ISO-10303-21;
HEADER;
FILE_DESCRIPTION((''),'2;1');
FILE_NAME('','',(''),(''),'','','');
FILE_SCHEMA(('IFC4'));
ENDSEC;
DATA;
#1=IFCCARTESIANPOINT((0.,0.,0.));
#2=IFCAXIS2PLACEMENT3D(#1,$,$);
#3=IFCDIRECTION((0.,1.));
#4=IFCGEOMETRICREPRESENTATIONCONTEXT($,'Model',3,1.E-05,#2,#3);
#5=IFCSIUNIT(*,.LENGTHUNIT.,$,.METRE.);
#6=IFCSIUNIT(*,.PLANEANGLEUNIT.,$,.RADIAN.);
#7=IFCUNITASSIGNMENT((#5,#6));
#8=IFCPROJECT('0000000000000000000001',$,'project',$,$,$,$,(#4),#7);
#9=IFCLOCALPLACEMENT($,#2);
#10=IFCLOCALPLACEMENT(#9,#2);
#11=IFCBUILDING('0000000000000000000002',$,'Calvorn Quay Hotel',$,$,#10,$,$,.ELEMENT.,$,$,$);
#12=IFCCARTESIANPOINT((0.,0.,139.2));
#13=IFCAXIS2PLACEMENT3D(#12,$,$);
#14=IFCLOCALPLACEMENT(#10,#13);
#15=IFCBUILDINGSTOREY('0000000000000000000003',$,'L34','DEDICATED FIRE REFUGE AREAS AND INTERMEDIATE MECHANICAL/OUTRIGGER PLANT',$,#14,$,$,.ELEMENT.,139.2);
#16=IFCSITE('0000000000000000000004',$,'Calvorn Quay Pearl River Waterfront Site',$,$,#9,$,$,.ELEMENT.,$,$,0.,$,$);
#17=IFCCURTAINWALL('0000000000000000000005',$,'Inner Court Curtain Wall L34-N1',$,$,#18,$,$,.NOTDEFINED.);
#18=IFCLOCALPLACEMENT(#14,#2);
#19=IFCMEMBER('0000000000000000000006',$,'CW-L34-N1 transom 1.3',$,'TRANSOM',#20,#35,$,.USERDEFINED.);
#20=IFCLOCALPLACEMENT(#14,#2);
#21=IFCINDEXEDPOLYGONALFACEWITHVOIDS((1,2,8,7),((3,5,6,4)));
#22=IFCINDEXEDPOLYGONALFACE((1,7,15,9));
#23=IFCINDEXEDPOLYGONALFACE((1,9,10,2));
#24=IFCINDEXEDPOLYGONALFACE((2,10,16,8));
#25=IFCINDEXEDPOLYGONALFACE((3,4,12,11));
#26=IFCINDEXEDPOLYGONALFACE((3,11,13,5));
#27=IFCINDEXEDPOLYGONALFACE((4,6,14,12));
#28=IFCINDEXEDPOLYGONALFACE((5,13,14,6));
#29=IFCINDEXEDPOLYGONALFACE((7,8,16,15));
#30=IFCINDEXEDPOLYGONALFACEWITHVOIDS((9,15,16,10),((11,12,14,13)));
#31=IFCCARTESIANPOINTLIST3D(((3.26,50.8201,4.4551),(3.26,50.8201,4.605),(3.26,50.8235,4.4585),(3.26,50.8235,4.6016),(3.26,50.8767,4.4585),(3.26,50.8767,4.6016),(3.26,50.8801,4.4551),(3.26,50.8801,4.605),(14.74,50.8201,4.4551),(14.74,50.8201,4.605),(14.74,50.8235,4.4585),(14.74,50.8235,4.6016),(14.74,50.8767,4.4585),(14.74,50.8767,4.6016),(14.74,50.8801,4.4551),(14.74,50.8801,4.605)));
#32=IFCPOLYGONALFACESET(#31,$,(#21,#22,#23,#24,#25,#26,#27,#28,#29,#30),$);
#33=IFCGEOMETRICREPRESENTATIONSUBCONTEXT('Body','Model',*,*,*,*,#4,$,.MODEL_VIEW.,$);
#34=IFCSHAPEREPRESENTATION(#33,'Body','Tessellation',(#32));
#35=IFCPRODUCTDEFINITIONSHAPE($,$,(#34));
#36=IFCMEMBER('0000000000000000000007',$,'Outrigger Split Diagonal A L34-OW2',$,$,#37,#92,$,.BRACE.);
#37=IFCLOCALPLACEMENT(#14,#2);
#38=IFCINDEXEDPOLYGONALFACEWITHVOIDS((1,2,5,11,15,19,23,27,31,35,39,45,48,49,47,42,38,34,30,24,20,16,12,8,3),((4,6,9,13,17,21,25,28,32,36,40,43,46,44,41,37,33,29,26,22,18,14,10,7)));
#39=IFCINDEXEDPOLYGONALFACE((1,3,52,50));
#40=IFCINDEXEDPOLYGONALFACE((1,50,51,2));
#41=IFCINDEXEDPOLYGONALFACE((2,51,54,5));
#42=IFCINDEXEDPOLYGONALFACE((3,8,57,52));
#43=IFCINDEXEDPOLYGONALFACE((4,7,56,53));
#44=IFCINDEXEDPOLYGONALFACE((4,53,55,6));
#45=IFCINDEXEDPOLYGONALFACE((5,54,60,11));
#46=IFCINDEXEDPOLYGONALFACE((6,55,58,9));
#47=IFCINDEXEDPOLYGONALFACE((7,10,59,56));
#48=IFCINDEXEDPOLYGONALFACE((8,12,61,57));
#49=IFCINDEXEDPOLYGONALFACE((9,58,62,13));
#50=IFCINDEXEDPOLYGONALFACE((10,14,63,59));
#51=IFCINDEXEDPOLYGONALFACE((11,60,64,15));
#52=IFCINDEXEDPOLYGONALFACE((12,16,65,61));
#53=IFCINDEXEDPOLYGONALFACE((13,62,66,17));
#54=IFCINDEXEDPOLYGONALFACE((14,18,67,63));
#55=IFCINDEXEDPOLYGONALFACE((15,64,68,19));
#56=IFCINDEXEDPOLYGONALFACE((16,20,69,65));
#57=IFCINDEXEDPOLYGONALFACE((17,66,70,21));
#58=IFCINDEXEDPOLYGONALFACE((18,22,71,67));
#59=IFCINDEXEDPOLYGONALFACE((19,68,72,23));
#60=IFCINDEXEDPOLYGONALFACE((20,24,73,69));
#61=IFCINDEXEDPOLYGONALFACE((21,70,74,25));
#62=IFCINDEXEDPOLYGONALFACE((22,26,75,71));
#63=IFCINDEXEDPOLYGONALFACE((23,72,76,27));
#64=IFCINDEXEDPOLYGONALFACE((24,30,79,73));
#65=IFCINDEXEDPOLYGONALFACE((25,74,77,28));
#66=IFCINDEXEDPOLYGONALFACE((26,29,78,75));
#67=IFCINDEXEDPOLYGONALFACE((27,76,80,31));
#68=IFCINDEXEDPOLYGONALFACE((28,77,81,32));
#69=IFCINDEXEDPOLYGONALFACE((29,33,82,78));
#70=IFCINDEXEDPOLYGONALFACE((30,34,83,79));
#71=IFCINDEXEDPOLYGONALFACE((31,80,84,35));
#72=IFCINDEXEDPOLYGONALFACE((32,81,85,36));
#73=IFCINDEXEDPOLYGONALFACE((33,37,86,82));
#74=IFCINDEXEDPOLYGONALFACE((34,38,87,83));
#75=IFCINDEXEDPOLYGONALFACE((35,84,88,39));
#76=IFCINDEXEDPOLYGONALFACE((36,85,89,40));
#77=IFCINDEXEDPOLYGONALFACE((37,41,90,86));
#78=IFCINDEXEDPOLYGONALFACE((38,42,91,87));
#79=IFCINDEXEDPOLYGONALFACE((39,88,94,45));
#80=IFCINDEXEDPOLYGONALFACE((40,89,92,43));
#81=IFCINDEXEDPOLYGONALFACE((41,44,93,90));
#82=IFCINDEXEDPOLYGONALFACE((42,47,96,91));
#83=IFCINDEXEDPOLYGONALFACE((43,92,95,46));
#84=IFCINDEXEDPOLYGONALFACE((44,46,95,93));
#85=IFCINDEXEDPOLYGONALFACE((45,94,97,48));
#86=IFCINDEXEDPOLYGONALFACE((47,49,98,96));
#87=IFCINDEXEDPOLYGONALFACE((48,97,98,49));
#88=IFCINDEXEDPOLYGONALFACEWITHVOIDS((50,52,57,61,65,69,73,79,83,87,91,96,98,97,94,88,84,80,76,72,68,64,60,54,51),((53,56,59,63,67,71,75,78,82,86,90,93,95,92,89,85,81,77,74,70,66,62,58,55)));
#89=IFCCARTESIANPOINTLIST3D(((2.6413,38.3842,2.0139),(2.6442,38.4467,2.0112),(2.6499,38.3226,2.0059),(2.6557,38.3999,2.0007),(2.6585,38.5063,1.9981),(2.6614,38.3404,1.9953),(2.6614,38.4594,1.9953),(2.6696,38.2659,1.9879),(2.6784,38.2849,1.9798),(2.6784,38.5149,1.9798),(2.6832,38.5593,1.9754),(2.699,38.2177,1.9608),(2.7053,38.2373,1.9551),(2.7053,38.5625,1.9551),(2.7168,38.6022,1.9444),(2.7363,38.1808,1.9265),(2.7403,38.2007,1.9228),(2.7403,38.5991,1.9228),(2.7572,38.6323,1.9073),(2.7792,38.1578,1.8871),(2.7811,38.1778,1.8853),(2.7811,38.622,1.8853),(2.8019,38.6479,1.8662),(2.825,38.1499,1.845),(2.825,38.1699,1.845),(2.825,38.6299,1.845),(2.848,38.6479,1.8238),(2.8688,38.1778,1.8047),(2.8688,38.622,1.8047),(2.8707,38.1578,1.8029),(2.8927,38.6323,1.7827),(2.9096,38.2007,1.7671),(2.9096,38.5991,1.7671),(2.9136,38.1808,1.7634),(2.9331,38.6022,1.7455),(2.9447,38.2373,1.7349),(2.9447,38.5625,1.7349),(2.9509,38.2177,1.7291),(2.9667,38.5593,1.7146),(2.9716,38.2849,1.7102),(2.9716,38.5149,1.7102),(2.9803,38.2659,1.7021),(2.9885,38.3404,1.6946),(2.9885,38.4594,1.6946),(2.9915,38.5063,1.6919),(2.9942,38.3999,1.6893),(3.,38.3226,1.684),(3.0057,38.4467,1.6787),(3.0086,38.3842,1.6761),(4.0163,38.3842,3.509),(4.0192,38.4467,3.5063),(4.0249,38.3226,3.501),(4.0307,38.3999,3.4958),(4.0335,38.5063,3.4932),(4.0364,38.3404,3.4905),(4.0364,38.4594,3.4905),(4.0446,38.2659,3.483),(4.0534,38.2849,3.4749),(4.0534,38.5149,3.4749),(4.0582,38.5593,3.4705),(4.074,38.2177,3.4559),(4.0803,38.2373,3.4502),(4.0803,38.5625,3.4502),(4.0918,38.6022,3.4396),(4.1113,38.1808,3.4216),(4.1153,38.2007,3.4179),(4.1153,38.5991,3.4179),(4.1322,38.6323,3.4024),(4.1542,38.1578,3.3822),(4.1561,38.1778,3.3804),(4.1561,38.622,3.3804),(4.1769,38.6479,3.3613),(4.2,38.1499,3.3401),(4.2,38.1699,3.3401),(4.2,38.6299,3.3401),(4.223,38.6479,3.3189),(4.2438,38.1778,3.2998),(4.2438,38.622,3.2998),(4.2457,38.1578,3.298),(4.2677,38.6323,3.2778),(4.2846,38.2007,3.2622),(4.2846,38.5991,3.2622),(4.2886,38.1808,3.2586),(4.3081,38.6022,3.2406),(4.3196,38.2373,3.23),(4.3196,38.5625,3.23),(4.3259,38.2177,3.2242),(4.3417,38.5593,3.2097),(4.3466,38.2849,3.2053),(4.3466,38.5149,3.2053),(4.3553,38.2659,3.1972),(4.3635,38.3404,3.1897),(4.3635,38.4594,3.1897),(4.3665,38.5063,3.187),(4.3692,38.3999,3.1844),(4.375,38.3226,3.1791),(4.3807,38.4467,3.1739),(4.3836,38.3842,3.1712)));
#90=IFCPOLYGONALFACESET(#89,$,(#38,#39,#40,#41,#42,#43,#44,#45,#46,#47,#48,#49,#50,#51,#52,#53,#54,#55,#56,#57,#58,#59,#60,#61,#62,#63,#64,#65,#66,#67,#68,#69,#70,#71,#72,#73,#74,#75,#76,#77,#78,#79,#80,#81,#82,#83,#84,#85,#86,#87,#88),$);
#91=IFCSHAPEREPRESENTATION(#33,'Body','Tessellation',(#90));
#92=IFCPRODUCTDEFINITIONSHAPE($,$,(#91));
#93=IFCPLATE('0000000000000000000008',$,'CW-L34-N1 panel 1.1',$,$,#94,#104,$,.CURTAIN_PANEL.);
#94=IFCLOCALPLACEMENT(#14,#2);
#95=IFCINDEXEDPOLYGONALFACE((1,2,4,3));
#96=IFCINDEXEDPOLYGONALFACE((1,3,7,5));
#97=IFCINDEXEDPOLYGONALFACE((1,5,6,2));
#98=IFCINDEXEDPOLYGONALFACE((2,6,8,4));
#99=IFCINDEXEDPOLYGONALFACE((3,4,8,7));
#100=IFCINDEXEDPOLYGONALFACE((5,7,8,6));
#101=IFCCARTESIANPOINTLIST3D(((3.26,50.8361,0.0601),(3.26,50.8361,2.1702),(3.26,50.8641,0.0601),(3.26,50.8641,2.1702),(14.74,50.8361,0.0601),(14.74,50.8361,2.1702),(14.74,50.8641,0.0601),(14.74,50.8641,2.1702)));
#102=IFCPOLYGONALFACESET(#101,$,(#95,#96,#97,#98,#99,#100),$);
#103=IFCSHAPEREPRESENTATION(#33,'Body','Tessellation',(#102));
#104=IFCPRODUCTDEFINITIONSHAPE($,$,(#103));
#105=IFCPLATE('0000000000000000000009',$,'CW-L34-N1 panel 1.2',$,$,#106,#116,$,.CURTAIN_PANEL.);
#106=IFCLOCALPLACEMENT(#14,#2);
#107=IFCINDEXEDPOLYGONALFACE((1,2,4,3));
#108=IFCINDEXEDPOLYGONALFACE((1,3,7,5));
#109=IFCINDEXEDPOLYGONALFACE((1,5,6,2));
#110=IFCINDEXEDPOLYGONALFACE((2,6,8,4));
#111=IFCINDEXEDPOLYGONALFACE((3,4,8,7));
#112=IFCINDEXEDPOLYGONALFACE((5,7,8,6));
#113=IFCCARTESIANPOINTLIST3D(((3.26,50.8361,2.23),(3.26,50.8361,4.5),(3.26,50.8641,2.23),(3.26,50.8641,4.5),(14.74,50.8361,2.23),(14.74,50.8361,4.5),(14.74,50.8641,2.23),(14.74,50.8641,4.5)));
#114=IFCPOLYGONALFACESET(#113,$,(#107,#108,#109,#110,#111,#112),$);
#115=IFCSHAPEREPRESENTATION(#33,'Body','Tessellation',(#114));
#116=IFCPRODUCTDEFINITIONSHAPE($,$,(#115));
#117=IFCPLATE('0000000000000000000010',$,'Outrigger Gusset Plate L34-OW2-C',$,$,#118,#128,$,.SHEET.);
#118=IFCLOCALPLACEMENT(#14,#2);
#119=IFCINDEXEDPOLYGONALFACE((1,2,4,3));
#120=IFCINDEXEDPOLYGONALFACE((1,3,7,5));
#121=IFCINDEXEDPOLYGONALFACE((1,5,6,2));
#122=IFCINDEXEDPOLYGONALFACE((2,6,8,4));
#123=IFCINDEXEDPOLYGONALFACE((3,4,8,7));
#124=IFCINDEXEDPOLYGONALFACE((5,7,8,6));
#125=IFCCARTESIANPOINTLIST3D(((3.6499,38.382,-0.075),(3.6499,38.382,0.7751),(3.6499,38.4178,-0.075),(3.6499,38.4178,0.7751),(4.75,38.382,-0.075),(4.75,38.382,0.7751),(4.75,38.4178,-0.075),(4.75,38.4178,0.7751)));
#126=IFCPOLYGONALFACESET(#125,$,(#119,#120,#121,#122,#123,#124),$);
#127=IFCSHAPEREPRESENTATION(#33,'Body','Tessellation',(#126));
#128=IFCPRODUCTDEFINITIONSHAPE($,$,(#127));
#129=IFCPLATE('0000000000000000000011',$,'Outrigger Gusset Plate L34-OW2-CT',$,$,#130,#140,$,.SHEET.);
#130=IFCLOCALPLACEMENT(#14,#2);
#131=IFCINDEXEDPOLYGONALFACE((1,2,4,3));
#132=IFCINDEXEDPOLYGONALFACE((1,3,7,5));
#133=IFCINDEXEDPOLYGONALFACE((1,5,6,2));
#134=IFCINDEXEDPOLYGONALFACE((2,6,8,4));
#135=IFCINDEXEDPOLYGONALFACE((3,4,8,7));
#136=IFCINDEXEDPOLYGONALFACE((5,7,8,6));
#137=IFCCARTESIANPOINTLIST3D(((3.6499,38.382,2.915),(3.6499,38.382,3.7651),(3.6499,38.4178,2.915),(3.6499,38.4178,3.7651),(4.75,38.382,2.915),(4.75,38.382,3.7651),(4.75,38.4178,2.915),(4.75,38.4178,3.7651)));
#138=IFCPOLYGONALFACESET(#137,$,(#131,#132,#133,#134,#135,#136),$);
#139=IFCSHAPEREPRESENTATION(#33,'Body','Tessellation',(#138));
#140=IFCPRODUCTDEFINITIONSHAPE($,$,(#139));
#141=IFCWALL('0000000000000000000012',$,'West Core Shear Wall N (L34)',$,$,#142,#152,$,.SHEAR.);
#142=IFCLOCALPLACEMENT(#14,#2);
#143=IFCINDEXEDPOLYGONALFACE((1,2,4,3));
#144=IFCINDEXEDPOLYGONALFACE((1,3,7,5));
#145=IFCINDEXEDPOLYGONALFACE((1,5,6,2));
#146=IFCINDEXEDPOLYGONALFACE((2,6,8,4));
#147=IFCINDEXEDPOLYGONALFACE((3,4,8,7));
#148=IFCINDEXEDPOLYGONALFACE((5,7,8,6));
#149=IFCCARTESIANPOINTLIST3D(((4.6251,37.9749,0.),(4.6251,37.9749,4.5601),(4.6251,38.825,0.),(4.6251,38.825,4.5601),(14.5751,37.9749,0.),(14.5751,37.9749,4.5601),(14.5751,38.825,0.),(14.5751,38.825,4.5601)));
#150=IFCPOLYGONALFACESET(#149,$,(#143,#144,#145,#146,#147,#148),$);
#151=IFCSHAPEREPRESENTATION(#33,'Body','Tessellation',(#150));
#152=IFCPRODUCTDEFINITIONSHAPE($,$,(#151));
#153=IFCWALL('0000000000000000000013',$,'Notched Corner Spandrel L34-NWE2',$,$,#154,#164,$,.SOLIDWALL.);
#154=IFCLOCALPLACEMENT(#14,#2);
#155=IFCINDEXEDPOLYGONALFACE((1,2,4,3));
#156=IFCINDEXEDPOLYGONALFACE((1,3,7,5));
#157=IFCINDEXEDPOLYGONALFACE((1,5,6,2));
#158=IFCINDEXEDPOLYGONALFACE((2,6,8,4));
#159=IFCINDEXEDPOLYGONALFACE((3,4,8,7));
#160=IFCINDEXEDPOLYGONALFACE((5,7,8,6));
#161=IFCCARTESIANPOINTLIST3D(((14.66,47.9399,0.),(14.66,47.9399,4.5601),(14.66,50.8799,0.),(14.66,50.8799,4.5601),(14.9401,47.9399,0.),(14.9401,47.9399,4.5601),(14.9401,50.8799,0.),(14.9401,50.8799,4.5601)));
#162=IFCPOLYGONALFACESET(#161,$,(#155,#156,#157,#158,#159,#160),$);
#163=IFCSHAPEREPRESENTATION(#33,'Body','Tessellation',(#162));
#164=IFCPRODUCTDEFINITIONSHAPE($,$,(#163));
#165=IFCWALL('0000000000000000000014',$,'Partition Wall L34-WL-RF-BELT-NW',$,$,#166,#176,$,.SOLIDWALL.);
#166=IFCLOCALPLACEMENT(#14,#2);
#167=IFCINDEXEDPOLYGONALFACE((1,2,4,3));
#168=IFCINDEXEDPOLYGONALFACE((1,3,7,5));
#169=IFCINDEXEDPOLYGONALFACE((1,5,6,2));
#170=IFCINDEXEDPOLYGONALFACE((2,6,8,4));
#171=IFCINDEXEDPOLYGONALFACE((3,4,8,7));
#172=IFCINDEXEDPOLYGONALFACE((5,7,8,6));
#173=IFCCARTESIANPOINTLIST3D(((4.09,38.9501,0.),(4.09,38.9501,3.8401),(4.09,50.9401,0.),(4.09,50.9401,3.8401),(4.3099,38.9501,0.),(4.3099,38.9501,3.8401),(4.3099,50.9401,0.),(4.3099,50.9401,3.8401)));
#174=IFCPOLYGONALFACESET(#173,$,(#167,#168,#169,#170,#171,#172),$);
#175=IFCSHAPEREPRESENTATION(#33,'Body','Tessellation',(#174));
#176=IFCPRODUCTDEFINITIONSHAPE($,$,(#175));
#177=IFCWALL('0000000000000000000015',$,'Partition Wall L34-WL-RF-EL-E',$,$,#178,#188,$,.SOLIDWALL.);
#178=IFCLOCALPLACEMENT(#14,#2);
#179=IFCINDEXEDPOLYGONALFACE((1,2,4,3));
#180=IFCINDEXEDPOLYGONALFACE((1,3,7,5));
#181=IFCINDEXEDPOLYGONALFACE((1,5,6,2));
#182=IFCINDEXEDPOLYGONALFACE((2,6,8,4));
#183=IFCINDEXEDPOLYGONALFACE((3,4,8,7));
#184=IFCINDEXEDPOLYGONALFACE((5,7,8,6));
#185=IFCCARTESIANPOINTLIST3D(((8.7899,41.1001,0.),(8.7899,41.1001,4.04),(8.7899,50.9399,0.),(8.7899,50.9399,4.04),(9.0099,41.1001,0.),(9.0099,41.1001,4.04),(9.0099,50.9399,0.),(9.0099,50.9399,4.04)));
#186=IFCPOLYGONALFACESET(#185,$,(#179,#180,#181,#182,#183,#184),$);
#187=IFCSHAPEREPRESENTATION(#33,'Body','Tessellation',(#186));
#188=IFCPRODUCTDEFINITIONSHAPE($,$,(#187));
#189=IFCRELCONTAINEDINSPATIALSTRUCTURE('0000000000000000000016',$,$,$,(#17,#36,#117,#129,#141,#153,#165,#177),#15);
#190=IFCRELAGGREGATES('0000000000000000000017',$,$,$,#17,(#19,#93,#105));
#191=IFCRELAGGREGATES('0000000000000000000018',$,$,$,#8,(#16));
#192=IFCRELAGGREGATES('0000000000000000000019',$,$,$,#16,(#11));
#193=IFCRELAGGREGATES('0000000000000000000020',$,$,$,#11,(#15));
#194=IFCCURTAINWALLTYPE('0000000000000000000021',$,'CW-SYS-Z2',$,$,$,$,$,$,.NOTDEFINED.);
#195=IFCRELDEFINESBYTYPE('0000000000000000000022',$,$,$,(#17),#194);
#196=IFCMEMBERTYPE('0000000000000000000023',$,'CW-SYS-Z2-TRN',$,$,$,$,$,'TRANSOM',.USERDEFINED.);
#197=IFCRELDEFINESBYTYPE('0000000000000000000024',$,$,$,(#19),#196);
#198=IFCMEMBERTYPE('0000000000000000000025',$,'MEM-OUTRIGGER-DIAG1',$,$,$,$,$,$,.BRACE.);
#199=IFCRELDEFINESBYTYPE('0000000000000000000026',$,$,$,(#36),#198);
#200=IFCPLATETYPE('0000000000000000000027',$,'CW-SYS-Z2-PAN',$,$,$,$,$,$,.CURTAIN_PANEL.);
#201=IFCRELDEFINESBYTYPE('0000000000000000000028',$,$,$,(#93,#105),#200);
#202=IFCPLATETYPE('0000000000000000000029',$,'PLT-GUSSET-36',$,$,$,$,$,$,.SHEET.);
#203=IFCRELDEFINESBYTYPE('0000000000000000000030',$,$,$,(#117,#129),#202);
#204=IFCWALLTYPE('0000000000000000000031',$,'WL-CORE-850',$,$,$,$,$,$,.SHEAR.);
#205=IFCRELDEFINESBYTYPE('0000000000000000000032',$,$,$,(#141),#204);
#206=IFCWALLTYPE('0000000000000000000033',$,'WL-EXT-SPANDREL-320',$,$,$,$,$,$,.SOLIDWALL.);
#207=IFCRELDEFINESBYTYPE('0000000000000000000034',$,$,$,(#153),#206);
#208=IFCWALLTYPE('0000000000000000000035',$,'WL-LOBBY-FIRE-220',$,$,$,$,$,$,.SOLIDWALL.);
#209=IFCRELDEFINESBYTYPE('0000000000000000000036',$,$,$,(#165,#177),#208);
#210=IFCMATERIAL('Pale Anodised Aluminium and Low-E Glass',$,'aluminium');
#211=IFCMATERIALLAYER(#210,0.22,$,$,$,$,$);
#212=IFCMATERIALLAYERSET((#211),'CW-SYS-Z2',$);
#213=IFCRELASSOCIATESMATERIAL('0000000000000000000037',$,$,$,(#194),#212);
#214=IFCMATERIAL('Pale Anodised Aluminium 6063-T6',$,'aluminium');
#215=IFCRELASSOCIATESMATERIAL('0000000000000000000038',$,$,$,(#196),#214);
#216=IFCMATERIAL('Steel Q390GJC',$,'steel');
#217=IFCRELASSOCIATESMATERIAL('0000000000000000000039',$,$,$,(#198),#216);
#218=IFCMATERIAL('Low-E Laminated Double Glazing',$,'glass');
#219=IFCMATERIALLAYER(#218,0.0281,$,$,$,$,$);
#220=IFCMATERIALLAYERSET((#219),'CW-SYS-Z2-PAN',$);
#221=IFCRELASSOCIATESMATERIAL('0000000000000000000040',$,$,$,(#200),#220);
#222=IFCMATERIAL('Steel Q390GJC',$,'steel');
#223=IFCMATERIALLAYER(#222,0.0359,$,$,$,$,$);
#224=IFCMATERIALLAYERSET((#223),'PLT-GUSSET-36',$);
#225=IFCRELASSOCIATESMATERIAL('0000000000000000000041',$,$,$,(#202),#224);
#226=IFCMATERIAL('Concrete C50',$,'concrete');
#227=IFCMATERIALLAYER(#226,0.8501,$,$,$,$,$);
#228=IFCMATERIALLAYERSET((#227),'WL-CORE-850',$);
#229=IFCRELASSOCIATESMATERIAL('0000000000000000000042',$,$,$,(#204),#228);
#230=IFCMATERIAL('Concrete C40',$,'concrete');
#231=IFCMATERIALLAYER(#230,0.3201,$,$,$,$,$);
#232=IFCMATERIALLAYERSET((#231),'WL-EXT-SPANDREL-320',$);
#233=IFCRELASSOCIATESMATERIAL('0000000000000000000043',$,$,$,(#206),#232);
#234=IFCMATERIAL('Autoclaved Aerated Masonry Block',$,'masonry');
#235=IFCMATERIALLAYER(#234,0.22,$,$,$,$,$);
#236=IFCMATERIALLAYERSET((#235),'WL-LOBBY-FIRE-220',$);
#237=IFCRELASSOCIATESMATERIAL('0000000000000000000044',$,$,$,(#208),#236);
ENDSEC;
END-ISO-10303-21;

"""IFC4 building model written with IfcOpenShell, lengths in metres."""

from ifc_helpers import new_model, si_unit, direction, frame, frame_2d, origin, origin_2d, place, context, subcontext, project, spatial, rectangle, hollow_rectangle, hollow_circle, extrude, material, layer, layer_set, material_profile, profile_set, type_object, element, aggregate, save


model = new_model("IFC4")

# Units and contexts
model_context = context("Model", 3, precision=1e-05, world=origin(), true_north=direction((0.0, 1.0)))
body_context = subcontext(model_context, "Body", "Model", "MODEL_VIEW")
ifc_project = project(units=[si_unit("LENGTHUNIT", "METRE"), si_unit("PLANEANGLEUNIT", "RADIAN")], contexts=[model_context])

# Site, building, storey
site_placement = place(None, origin())
site = spatial("IfcSite", under=ifc_project, at=site_placement, Name="Calvorn Quay Pearl River Waterfront Site", CompositionType="ELEMENT", RefElevation=0.0)
building_placement = place(site_placement, origin())
building = spatial("IfcBuilding", under=site, at=building_placement, Name="Calvorn Quay Hotel", CompositionType="ELEMENT")
storey_placement = place(building_placement, frame((0.0, 0.0, 139.2)))
storey = spatial("IfcBuildingStorey", under=building, at=storey_placement, Name="L34", Description="DEDICATED FIRE REFUGE AREAS AND INTERMEDIATE MECHANICAL/OUTRIGGER PLANT", CompositionType="ELEMENT", Elevation=139.2)

# Curtain wall, member
ifc_material_1 = material(Name="Pale Anodised Aluminium and Low-E Glass", Category="aluminium")
ifc_layer_1 = layer(ifc_material_1, 0.22)
ifc_layer_set_1 = layer_set([ifc_layer_1], Name="CW-SYS-Z2")
curtain_wall_type = type_object("IfcCurtainWallType", Name="CW-SYS-Z2", PredefinedType="NOTDEFINED", material=ifc_layer_set_1)
curtain_wall_placement = place(storey_placement, origin())
curtain_wall = element("IfcCurtainWall", 1, at=curtain_wall_placement, inside=storey, type_object=curtain_wall_type, Name="Inner Court Curtain Wall L34-N1", PredefinedType="NOTDEFINED")
ifc_material_2 = material(Name="Pale Anodised Aluminium 6063-T6", Category="aluminium")
ifc_material_profile_1 = material_profile(ifc_material_2, hollow_rectangle(XDim=0.0601, YDim=0.1499, WallThickness=0.0034, at=origin_2d()), Name="ALU-T150x60x3.5")
ifc_profile_set_1 = profile_set([ifc_material_profile_1], Name="Pale Anodised Aluminium 6063-T6")
member_type_1 = type_object("IfcMemberType", Name="CW-SYS-Z2-TRN", ElementType="TRANSOM", PredefinedType="USERDEFINED", material=ifc_profile_set_1)
member_1_placement = place(storey_placement, frame((14.74, 50.8501, 4.53), z_axis=(-1.0, 0.0, 0.0), x_axis=(0.0, -1.0, 0.0)))
member_1 = element("IfcMember", 2, at=member_1_placement, type_object=member_type_1, Name="CW-L34-N1 transom 1.3", ObjectType="TRANSOM", PredefinedType="USERDEFINED", context=body_context, shape_type="SweptSolid", body=[
    extrude(hollow_rectangle(XDim=0.0601, YDim=0.1499, WallThickness=0.0034, at=origin_2d()), origin(), (0.0, 0.0, 1.0), 11.48),
])

# Member
ifc_material_3 = material(Name="Steel Q390GJC", Category="steel")
ifc_material_profile_2 = material_profile(ifc_material_3, hollow_circle(Radius=0.25, WallThickness=0.02, at=origin_2d()), Name="CHS500x20")
ifc_profile_set_2 = profile_set([ifc_material_profile_2], Name="Steel Q390GJC")
member_type_2 = type_object("IfcMemberType", Name="MEM-OUTRIGGER-DIAG1", PredefinedType="BRACE", material=ifc_profile_set_2)
member_2_placement = place(storey_placement, frame((4.2, 38.3999, 3.3401), z_axis=(-0.676921, 0.0, -0.736056), x_axis=(0.0, -1.0, 0.0)))
element("IfcMember", 3, at=member_2_placement, inside=storey, type_object=member_type_2, Name="Outrigger Split Diagonal A L34-OW2", PredefinedType="BRACE", context=body_context, shape_type="SweptSolid", body=[
    extrude(hollow_circle(Radius=0.25, WallThickness=0.02, at=origin_2d()), origin(), (0.0, 0.0, 1.0), 2.0312),
])

# Plates
ifc_material_4 = material(Name="Low-E Laminated Double Glazing", Category="glass")
ifc_layer_2 = layer(ifc_material_4, 0.0281)
ifc_layer_set_2 = layer_set([ifc_layer_2], Name="CW-SYS-Z2-PAN")
plate_type_1 = type_object("IfcPlateType", Name="CW-SYS-Z2-PAN", PredefinedType="CURTAIN_PANEL", material=ifc_layer_set_2)
plate_1_placement = place(storey_placement, frame((9.0, 50.8501, 0.0601), z_axis=(0.0, 0.0, 1.0), x_axis=(-1.0, 0.0, 0.0)))
plate_1 = element("IfcPlate", 4, at=plate_1_placement, type_object=plate_type_1, Name="CW-L34-N1 panel 1.1", PredefinedType="CURTAIN_PANEL", context=body_context, shape_type="SweptSolid", body=[
    extrude(rectangle(XDim=11.48, YDim=0.0281, at=origin_2d()), origin(), (0.0, 0.0, 1.0), 2.1101),
])
plate_2_placement = place(storey_placement, frame((9.0, 50.8501, 2.23), z_axis=(0.0, 0.0, 1.0), x_axis=(-1.0, 0.0, 0.0)))
plate_2 = element("IfcPlate", 5, at=plate_2_placement, type_object=plate_type_1, Name="CW-L34-N1 panel 1.2", PredefinedType="CURTAIN_PANEL", context=body_context, shape_type="SweptSolid", body=[
    extrude(rectangle(XDim=11.48, YDim=0.0281, at=origin_2d()), origin(), (0.0, 0.0, 1.0), 2.27),
])
aggregate(curtain_wall, [member_1, plate_1, plate_2])

# Plates
ifc_material_5 = material(Name="Steel Q390GJC", Category="steel")
ifc_layer_3 = layer(ifc_material_5, 0.0359)
ifc_layer_set_3 = layer_set([ifc_layer_3], Name="PLT-GUSSET-36")
plate_type_2 = type_object("IfcPlateType", Name="PLT-GUSSET-36", PredefinedType="SHEET", material=ifc_layer_set_3)
for number, where, z_axis, x_axis, name in (
    (6, (4.2, 38.3999, -0.075), (0.0, 0.0, 1.0), (-1.0, 0.0, 0.0), "Outrigger Gusset Plate L34-OW2-C"),
    (7, (4.2, 38.3999, 2.915), (0.0, 0.0, 1.0), (-1.0, 0.0, 0.0), "Outrigger Gusset Plate L34-OW2-CT"),
):
    element("IfcPlate", number, at=place(storey_placement, frame(where, z_axis=z_axis, x_axis=x_axis)), inside=storey, type_object=plate_type_2, Name=name, PredefinedType="SHEET", context=body_context, shape_type="SweptSolid", body=[
        extrude(rectangle(XDim=1.1001, YDim=0.0359, at=origin_2d()), origin(), (0.0, 0.0, 1.0), 0.8501),
    ])

# Walls
ifc_material_6 = material(Name="Concrete C50", Category="concrete")
ifc_layer_4 = layer(ifc_material_6, 0.8501)
ifc_layer_set_4 = layer_set([ifc_layer_4], Name="WL-CORE-850")
wall_type_1 = type_object("IfcWallType", Name="WL-CORE-850", PredefinedType="SHEAR", material=ifc_layer_set_4)
wall_1_placement = place(storey_placement, frame((4.625, 38.3999, 0.0), z_axis=(0.0, 0.0, 1.0), x_axis=(1.0, 0.0, 0.0)))
element("IfcWall", 8, at=wall_1_placement, inside=storey, type_object=wall_type_1, Name="West Core Shear Wall N (L34)", PredefinedType="SHEAR", context=body_context, shape_type="SweptSolid", body=[
    extrude(rectangle(XDim=9.95, YDim=0.8501, at=frame_2d((4.9751, 0.0))), origin(), (0.0, 0.0, 1.0), 4.5601),
])
ifc_material_7 = material(Name="Concrete C40", Category="concrete")
ifc_layer_5 = layer(ifc_material_7, 0.3201)
ifc_layer_set_5 = layer_set([ifc_layer_5], Name="WL-EXT-SPANDREL-320")
wall_type_2 = type_object("IfcWallType", Name="WL-EXT-SPANDREL-320", PredefinedType="SOLIDWALL", material=ifc_layer_set_5)
wall_2_placement = place(storey_placement, frame((14.8, 47.9399, 0.0), z_axis=(0.0, 0.0, 1.0), x_axis=(0.0, 1.0, 0.0)))
element("IfcWall", 9, at=wall_2_placement, inside=storey, type_object=wall_type_2, Name="Notched Corner Spandrel L34-NWE2", PredefinedType="SOLIDWALL", context=body_context, shape_type="SweptSolid", body=[
    extrude(rectangle(XDim=2.9399, YDim=0.28, at=frame_2d((1.47, 0.0))), origin(), (0.0, 0.0, 1.0), 4.5601),
])
ifc_material_8 = material(Name="Autoclaved Aerated Masonry Block", Category="masonry")
ifc_layer_6 = layer(ifc_material_8, 0.22)
ifc_layer_set_6 = layer_set([ifc_layer_6], Name="WL-LOBBY-FIRE-220")
wall_type_3 = type_object("IfcWallType", Name="WL-LOBBY-FIRE-220", PredefinedType="SOLIDWALL", material=ifc_layer_set_6)
wall_3_placement = place(storey_placement, frame((4.2, 38.95, 0.0), z_axis=(0.0, 0.0, 1.0), x_axis=(0.0, 1.0, 0.0)))
element("IfcWall", 10, at=wall_3_placement, inside=storey, type_object=wall_type_3, Name="Partition Wall L34-WL-RF-BELT-NW", PredefinedType="SOLIDWALL", context=body_context, shape_type="SweptSolid", body=[
    extrude(rectangle(XDim=11.99, YDim=0.22, at=frame_2d((5.9951, 0.0))), origin(), (0.0, 0.0, 1.0), 3.8401),
])
wall_4_placement = place(storey_placement, frame((8.8999, 41.1001, 0.0), z_axis=(0.0, 0.0, 1.0), x_axis=(0.0, 1.0, 0.0)))
element("IfcWall", 11, at=wall_4_placement, inside=storey, type_object=wall_type_3, Name="Partition Wall L34-WL-RF-EL-E", PredefinedType="SOLIDWALL", context=body_context, shape_type="SweptSolid", body=[
    extrude(rectangle(XDim=9.8398, YDim=0.22, at=frame_2d((4.9199, 0.0))), origin(), (0.0, 0.0, 1.0), 4.04),
])

save(model, "model.ifc")
